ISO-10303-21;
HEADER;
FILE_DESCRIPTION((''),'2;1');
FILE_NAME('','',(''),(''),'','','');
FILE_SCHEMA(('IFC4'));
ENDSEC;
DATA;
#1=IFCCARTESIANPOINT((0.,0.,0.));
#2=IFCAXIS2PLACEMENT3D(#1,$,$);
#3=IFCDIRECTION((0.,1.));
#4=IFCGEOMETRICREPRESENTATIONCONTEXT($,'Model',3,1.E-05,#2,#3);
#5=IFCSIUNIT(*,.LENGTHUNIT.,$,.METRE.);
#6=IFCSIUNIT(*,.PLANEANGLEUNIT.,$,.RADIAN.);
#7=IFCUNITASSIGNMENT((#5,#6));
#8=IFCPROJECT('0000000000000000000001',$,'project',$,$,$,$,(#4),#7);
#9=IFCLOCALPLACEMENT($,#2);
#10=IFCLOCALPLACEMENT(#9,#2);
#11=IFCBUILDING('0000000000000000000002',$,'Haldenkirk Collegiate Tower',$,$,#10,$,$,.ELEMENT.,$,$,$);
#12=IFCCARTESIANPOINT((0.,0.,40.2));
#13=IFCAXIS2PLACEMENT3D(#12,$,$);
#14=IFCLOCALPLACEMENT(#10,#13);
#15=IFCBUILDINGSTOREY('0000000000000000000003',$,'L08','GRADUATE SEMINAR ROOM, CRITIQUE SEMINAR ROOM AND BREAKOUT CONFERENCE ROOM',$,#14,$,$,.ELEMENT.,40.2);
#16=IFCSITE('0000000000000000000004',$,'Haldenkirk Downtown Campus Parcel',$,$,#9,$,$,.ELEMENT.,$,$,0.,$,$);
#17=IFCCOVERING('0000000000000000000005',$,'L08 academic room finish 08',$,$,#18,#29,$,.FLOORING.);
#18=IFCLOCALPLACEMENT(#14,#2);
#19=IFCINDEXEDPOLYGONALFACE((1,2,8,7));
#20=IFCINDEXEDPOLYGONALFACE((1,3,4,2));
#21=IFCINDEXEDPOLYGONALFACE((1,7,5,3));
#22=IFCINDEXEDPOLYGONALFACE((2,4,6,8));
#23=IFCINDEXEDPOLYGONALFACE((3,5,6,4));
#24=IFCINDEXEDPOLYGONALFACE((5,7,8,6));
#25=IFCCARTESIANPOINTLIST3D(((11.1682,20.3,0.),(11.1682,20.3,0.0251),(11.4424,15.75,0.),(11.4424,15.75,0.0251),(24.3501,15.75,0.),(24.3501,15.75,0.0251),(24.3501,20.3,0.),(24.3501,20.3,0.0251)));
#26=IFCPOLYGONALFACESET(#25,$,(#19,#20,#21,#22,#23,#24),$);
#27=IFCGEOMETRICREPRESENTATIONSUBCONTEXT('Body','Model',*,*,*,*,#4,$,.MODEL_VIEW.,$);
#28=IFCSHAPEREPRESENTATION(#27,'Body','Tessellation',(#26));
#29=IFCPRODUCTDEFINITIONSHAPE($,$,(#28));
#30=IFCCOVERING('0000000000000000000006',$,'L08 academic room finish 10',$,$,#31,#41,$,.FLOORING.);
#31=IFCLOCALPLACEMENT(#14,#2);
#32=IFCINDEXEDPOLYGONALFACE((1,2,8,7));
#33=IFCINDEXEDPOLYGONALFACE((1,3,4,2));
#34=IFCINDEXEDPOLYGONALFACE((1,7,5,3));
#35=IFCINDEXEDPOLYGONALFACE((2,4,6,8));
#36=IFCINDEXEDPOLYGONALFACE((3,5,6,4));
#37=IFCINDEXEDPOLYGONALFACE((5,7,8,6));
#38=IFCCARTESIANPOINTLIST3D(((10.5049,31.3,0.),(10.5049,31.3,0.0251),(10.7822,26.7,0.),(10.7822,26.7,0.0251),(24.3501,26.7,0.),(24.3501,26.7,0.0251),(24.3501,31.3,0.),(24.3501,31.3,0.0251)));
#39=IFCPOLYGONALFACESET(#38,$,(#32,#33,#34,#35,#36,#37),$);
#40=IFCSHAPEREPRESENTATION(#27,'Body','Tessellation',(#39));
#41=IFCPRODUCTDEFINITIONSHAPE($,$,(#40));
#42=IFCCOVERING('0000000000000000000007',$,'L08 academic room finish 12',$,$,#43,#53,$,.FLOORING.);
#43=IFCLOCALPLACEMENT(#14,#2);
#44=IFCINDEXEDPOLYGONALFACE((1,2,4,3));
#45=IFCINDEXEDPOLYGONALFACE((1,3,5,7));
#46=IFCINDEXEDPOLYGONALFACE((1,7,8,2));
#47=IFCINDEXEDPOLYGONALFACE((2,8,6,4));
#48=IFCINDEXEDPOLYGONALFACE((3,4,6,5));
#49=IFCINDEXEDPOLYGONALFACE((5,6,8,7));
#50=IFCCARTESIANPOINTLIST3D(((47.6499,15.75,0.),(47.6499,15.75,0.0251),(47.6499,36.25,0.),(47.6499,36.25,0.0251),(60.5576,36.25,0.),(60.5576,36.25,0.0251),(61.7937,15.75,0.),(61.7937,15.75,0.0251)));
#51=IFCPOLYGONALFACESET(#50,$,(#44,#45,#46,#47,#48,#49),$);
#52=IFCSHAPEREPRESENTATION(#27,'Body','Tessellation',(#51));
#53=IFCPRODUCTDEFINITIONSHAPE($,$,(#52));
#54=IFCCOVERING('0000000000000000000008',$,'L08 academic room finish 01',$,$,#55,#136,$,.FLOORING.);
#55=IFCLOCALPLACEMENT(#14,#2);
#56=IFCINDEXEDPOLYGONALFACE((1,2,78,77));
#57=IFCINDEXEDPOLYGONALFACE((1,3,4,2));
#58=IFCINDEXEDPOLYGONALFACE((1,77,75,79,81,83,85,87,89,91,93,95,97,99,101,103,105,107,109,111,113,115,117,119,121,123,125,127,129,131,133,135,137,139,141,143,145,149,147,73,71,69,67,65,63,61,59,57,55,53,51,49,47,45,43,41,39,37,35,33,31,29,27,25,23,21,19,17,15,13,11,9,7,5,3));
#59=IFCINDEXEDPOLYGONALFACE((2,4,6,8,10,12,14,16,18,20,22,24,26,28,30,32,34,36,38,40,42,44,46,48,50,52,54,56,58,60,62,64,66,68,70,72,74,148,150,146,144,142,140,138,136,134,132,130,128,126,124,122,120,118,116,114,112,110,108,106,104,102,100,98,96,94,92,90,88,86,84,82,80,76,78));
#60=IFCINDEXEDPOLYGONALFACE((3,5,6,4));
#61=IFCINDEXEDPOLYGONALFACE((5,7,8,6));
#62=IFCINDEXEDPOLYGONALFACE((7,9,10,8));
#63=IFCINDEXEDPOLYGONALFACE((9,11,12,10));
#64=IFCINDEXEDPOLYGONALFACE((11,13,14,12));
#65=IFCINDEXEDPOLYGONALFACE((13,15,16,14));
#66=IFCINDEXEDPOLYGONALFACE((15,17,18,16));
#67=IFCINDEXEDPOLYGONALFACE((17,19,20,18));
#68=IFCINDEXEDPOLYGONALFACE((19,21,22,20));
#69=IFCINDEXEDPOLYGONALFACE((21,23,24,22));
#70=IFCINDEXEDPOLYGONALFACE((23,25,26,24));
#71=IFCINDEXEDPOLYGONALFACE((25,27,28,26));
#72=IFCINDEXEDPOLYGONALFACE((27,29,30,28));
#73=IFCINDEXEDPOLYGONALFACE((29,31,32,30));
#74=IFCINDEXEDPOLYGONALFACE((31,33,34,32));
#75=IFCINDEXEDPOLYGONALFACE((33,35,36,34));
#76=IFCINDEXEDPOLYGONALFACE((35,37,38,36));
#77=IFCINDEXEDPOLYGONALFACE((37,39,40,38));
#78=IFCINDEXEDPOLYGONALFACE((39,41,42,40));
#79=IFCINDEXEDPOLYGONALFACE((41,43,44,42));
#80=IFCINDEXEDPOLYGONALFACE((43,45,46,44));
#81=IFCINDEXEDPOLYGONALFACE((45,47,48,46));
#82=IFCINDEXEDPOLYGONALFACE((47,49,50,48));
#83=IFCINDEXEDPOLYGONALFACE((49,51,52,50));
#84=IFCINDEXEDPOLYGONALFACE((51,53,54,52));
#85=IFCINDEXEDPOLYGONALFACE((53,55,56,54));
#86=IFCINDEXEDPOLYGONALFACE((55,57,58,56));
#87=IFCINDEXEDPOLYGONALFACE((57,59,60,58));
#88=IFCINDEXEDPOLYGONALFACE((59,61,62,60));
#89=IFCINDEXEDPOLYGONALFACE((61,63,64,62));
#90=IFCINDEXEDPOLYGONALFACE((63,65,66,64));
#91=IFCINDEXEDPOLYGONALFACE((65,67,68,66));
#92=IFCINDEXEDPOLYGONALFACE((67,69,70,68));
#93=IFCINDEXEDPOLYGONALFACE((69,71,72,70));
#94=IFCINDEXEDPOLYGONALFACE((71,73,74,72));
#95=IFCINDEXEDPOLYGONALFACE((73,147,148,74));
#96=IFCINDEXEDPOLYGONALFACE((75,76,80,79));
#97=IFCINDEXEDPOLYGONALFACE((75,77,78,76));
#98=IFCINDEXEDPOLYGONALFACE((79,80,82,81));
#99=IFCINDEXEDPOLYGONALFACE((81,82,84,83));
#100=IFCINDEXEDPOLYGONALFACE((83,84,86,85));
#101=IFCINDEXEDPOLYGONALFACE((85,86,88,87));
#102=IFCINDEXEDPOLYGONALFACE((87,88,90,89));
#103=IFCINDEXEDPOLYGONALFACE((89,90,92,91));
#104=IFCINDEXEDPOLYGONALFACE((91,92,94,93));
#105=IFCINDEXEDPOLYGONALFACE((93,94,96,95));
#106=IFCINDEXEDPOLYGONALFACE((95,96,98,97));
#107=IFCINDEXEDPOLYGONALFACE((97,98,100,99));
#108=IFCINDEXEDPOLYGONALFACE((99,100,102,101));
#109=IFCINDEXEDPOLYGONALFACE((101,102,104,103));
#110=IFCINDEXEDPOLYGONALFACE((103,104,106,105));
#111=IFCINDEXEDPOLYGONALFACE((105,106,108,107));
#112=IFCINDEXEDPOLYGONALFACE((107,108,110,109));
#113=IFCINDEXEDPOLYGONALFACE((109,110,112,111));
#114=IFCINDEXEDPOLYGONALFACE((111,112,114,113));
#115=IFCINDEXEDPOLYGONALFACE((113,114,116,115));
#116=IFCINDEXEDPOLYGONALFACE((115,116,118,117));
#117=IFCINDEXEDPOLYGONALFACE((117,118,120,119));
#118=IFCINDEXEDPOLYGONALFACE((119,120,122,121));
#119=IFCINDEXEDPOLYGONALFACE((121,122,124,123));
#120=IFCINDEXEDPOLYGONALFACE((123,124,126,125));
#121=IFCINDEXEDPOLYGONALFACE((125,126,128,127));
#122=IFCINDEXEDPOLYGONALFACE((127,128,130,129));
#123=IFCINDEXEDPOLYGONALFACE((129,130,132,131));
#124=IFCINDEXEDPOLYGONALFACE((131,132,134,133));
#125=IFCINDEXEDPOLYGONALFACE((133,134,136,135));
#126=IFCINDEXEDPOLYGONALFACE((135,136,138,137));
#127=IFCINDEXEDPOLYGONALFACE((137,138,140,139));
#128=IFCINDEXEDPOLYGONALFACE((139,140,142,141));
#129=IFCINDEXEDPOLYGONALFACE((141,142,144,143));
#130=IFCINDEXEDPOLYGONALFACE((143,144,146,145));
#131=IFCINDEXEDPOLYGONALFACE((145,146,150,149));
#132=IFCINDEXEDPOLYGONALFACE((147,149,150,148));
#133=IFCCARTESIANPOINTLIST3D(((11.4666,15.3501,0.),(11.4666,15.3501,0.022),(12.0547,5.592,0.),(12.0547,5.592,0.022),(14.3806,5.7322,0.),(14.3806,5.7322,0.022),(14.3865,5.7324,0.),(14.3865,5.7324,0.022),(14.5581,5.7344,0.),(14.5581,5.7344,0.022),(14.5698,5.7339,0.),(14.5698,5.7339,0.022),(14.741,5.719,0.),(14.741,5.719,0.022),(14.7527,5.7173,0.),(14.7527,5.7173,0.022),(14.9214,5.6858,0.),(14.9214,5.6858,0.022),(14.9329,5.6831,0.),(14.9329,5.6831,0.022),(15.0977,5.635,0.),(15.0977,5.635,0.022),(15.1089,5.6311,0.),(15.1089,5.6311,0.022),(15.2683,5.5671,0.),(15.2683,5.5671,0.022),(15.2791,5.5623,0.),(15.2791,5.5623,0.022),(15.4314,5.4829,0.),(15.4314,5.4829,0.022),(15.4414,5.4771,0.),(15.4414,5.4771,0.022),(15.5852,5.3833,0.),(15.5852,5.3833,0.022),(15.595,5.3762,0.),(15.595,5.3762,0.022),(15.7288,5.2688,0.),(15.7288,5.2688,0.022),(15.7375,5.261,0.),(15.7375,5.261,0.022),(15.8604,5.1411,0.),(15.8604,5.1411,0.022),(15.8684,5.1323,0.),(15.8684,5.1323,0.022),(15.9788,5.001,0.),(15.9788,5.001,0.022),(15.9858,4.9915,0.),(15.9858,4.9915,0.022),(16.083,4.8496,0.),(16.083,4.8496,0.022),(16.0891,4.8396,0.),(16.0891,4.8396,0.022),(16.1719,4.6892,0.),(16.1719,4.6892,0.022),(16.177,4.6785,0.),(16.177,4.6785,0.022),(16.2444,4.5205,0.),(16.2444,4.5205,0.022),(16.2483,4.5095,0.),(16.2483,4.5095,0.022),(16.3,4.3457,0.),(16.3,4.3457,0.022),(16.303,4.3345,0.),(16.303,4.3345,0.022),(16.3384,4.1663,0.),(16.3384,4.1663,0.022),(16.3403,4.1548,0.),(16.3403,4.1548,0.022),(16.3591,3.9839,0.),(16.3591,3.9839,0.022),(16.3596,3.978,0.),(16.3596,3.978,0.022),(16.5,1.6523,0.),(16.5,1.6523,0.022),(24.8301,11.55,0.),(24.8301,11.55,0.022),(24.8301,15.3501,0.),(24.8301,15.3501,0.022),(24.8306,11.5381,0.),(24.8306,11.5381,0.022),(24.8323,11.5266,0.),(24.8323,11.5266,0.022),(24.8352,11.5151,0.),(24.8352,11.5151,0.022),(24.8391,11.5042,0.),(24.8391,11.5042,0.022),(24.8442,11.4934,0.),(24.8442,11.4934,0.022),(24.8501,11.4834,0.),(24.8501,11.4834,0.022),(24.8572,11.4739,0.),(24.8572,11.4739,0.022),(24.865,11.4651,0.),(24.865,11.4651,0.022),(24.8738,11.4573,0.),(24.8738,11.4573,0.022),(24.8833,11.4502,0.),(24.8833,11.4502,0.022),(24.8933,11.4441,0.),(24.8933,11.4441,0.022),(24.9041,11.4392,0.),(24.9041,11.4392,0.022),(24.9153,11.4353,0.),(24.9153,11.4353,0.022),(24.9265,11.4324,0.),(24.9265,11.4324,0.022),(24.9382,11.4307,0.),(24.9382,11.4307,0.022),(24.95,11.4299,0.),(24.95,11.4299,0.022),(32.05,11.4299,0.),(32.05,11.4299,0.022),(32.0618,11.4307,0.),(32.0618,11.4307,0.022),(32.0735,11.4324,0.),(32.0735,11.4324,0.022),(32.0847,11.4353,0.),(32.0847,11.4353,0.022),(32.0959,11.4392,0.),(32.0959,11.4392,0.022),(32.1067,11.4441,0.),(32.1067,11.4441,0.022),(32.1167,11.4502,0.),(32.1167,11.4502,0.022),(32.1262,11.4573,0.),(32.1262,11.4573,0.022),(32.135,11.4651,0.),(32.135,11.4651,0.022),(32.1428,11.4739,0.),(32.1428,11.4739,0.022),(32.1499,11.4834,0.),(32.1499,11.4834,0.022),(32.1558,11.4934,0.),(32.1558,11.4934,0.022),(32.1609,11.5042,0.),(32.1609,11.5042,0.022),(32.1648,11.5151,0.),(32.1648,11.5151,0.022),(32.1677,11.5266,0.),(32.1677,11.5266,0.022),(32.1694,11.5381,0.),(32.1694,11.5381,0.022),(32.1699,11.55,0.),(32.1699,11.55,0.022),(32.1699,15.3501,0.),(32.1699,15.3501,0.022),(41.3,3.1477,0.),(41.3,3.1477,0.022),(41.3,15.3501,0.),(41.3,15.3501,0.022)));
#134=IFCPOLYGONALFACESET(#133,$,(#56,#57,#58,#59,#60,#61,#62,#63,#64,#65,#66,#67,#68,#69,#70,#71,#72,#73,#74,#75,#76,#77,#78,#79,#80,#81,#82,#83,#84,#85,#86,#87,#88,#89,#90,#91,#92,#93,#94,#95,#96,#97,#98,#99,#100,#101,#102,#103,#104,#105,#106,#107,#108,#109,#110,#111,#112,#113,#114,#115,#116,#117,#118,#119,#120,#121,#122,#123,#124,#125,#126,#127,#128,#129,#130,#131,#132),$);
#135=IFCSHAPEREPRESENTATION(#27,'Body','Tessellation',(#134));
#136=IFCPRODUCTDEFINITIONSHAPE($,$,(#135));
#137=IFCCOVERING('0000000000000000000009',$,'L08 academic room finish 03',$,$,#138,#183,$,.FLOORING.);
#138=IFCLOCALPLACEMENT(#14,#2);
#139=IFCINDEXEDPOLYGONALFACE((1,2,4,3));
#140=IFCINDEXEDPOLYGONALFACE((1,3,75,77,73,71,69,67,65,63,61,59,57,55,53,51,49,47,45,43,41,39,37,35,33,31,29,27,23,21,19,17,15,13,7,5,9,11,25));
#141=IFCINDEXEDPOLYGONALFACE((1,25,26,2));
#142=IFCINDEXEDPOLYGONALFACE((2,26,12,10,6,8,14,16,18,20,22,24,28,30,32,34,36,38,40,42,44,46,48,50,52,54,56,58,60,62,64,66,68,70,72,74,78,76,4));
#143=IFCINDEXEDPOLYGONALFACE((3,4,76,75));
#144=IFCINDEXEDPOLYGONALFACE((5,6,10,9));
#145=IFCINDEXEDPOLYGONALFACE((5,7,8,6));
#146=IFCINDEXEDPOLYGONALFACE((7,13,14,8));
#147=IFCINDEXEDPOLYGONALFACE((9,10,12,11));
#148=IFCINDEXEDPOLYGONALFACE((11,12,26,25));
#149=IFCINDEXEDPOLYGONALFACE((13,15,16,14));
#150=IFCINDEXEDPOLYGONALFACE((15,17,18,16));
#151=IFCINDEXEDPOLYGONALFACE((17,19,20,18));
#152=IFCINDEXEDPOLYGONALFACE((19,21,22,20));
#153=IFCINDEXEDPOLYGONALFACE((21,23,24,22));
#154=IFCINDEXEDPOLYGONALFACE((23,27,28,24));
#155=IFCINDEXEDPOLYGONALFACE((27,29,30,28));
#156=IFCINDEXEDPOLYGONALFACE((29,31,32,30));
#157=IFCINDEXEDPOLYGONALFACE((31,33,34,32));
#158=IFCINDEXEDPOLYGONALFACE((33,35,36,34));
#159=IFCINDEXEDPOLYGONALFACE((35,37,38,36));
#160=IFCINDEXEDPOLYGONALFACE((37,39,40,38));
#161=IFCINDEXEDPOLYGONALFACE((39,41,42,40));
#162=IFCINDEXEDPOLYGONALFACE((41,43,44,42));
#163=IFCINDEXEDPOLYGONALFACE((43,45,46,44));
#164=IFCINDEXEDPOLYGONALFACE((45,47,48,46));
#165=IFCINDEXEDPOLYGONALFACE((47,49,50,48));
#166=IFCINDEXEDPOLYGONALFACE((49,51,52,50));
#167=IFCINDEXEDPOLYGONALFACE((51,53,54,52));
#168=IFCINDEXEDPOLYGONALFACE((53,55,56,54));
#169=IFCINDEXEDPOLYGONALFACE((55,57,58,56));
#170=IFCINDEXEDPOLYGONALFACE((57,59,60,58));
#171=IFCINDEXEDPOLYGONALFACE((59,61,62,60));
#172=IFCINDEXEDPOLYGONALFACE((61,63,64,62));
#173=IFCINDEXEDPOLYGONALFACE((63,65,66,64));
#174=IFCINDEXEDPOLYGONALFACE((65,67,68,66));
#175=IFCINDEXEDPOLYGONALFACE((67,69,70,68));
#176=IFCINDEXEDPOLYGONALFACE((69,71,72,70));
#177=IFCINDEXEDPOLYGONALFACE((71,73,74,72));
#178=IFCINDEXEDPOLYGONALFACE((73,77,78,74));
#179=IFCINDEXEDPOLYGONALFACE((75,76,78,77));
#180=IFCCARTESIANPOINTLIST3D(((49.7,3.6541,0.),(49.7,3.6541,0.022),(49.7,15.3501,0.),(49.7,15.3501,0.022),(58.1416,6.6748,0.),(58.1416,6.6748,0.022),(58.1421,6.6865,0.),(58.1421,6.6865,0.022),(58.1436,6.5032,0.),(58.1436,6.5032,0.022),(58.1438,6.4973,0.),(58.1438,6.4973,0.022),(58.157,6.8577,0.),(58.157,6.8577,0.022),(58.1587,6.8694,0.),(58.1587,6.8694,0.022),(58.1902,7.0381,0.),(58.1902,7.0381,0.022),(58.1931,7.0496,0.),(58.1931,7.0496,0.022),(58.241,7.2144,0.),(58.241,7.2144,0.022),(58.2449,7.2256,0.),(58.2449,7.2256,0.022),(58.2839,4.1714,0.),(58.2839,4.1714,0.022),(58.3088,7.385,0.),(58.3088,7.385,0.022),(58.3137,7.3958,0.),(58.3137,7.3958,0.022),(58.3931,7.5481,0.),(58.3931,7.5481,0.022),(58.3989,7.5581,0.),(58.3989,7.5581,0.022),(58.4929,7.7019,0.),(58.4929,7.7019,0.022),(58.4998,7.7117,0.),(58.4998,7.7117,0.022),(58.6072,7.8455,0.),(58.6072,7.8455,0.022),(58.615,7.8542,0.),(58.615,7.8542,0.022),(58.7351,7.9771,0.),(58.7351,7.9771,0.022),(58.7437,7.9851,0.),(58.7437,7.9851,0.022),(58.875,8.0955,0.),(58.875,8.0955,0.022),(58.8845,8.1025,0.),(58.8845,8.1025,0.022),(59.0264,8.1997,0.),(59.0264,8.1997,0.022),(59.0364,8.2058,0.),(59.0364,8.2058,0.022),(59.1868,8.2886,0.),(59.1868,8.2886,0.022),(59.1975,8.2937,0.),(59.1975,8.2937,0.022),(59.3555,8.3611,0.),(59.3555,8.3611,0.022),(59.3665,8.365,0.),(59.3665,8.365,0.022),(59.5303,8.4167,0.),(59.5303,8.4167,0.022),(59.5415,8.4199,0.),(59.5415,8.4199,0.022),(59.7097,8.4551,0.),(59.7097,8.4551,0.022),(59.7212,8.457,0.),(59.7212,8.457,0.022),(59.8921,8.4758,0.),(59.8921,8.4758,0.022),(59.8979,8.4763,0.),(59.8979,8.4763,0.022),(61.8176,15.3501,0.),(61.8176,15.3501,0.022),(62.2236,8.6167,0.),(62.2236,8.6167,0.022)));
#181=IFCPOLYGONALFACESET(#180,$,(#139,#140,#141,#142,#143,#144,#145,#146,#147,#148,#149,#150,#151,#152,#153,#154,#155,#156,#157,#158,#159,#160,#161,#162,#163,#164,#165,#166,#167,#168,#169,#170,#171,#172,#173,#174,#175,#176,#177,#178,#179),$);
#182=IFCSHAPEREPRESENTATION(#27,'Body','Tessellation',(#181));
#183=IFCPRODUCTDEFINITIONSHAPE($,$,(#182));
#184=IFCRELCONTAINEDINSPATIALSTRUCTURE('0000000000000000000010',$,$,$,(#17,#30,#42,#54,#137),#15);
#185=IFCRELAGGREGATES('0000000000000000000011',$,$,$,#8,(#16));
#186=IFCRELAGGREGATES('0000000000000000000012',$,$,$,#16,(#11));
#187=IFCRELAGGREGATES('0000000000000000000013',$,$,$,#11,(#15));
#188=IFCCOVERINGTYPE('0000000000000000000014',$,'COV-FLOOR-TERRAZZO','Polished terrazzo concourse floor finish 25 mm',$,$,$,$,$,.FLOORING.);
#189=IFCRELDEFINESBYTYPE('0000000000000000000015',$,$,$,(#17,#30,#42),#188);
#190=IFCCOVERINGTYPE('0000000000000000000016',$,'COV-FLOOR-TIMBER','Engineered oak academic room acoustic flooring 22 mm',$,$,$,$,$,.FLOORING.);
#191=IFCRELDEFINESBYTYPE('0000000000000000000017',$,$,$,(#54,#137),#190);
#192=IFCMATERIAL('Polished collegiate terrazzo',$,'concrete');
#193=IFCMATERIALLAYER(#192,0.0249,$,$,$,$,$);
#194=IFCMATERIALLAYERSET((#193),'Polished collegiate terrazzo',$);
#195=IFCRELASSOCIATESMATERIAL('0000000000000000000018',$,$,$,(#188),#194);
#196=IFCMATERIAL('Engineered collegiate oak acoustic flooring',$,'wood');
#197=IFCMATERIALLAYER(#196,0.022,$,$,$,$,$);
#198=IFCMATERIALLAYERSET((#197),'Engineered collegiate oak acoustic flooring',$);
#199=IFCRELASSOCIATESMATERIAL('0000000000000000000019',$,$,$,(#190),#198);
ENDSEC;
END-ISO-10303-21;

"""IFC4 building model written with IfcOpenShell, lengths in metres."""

from ifc_helpers import new_model, si_unit, direction, frame, origin, place, context, subcontext, project, spatial, polyline, outline, extrude, material, layer, layer_set, type_object, element, save


model = new_model("IFC4")

# Units and contexts
model_context = context("Model", 3, precision=1e-05, world=origin(), true_north=direction((0.0, 1.0)))
body_context = subcontext(model_context, "Body", "Model", "MODEL_VIEW")
ifc_project = project(units=[si_unit("LENGTHUNIT", "METRE"), si_unit("PLANEANGLEUNIT", "RADIAN")], contexts=[model_context])

# Site, building, storey
site_placement = place(None, origin())
site = spatial("IfcSite", under=ifc_project, at=site_placement, Name="Haldenkirk Downtown Campus Parcel", CompositionType="ELEMENT", RefElevation=0.0)
building_placement = place(site_placement, origin())
building = spatial("IfcBuilding", under=site, at=building_placement, Name="Haldenkirk Collegiate Tower", CompositionType="ELEMENT")
storey_placement = place(building_placement, frame((0.0, 0.0, 40.2)))
storey = spatial("IfcBuildingStorey", under=building, at=storey_placement, Name="L08", Description="GRADUATE SEMINAR ROOM, CRITIQUE SEMINAR ROOM AND BREAKOUT CONFERENCE ROOM", CompositionType="ELEMENT", Elevation=40.2)

# Coverings
ifc_material_1 = material(Name="Polished collegiate terrazzo", Category="concrete")
ifc_layer_1 = layer(ifc_material_1, 0.0249)
ifc_layer_set_1 = layer_set([ifc_layer_1], Name="Polished collegiate terrazzo")
covering_type_1 = type_object("IfcCoveringType", Name="COV-FLOOR-TERRAZZO", Description="Polished terrazzo concourse floor finish 25 mm", PredefinedType="FLOORING", material=ifc_layer_set_1)
covering_1_placement = place(storey_placement, origin())
element("IfcCovering", 1, at=covering_1_placement, inside=storey, type_object=covering_type_1, Name="L08 academic room finish 08", PredefinedType="FLOORING", context=body_context, shape_type="SweptSolid", body=[
    extrude(outline(polyline([(11.1682, 20.3), (24.3501, 20.3), (24.3501, 15.75), (11.4424, 15.75), (11.1682, 20.3)])), origin(), (0.0, 0.0, 1.0), 0.0251),
])
covering_2_placement = place(storey_placement, origin())
element("IfcCovering", 2, at=covering_2_placement, inside=storey, type_object=covering_type_1, Name="L08 academic room finish 10", PredefinedType="FLOORING", context=body_context, shape_type="SweptSolid", body=[
    extrude(outline(polyline([(10.5049, 31.3), (24.3501, 31.3), (24.3501, 26.7), (10.7822, 26.7), (10.5049, 31.3)])), origin(), (0.0, 0.0, 1.0), 0.0251),
])
covering_3_placement = place(storey_placement, origin())
element("IfcCovering", 3, at=covering_3_placement, inside=storey, type_object=covering_type_1, Name="L08 academic room finish 12", PredefinedType="FLOORING", context=body_context, shape_type="SweptSolid", body=[
    extrude(outline(polyline([(61.7937, 15.75), (47.6499, 15.75), (47.6499, 36.25), (60.5576, 36.25), (61.7937, 15.75)])), origin(), (0.0, 0.0, 1.0), 0.0251),
])
ifc_material_2 = material(Name="Engineered collegiate oak acoustic flooring", Category="wood")
ifc_layer_2 = layer(ifc_material_2, 0.022)
ifc_layer_set_2 = layer_set([ifc_layer_2], Name="Engineered collegiate oak acoustic flooring")
covering_type_2 = type_object("IfcCoveringType", Name="COV-FLOOR-TIMBER", Description="Engineered oak academic room acoustic flooring 22 mm", PredefinedType="FLOORING", material=ifc_layer_set_2)
covering_4_placement = place(storey_placement, origin())
element("IfcCovering", 4, at=covering_4_placement, inside=storey, type_object=covering_type_2, Name="L08 academic room finish 01", PredefinedType="FLOORING", context=body_context, shape_type="SweptSolid", body=[
    extrude(outline(polyline([(16.177, 4.6785), (16.1719, 4.6892), (16.0891, 4.8396), (16.083, 4.8496), (15.9858, 4.9915), (15.9788, 5.001), (15.8684, 5.1323), (15.8604, 5.1411), (15.7375, 5.261), (15.7288, 5.2688), (15.595, 5.3762), (15.5852, 5.3833), (15.4414, 5.4771), (15.4314, 5.4829), (15.2791, 5.5623), (15.2683, 5.5671), (15.1089, 5.6311), (15.0977, 5.635), (14.9329, 5.6831), (14.9214, 5.6858), (14.7527, 5.7173), (14.741, 5.719), (14.5698, 5.7339), (14.5581, 5.7344), (14.3865, 5.7324), (14.3806, 5.7322), (12.0547, 5.592), (11.4666, 15.3501), (24.8301, 15.3501), (24.8301, 11.55), (24.8306, 11.5381), (24.8323, 11.5266), (24.8352, 11.5151), (24.8391, 11.5042), (24.8442, 11.4934), (24.8501, 11.4834), (24.8572, 11.4739), (24.865, 11.4651), (24.8738, 11.4573), (24.8833, 11.4502), (24.8933, 11.4441), (24.9041, 11.4392), (24.9153, 11.4353), (24.9265, 11.4324), (24.9382, 11.4307), (24.95, 11.4299), (32.05, 11.4299), (32.0618, 11.4307), (32.0735, 11.4324), (32.0847, 11.4353), (32.0959, 11.4392), (32.1067, 11.4441), (32.1167, 11.4502), (32.1262, 11.4573), (32.135, 11.4651), (32.1428, 11.4739), (32.1499, 11.4834), (32.1558, 11.4934), (32.1609, 11.5042), (32.1648, 11.5151), (32.1677, 11.5266), (32.1694, 11.5381), (32.1699, 11.55), (32.1699, 15.3501), (41.3, 15.3501), (41.3, 3.1477), (16.5, 1.6523), (16.3596, 3.978), (16.3591, 3.9839), (16.3403, 4.1548), (16.3384, 4.1663), (16.303, 4.3345), (16.3, 4.3457), (16.2483, 4.5095), (16.2444, 4.5205), (16.177, 4.6785)])), origin(), (0.0, 0.0, 1.0), 0.022),
])
covering_5_placement = place(storey_placement, origin())
element("IfcCovering", 5, at=covering_5_placement, inside=storey, type_object=covering_type_2, Name="L08 academic room finish 03", PredefinedType="FLOORING", context=body_context, shape_type="SweptSolid", body=[
    extrude(outline(polyline([(62.2236, 8.6167), (59.8979, 8.4763), (59.8921, 8.4758), (59.7212, 8.457), (59.7097, 8.4551), (59.5415, 8.4199), (59.5303, 8.4167), (59.3665, 8.365), (59.3555, 8.3611), (59.1975, 8.2937), (59.1868, 8.2886), (59.0364, 8.2058), (59.0264, 8.1997), (58.8845, 8.1025), (58.875, 8.0955), (58.7437, 7.9851), (58.7351, 7.9771), (58.615, 7.8542), (58.6072, 7.8455), (58.4998, 7.7117), (58.4929, 7.7019), (58.3989, 7.5581), (58.3931, 7.5481), (58.3137, 7.3958), (58.3088, 7.385), (58.2449, 7.2256), (58.241, 7.2144), (58.1931, 7.0496), (58.1902, 7.0381), (58.1587, 6.8694), (58.157, 6.8577), (58.1421, 6.6865), (58.1416, 6.6748), (58.1436, 6.5032), (58.1438, 6.4973), (58.2839, 4.1714), (49.7, 3.6541), (49.7, 15.3501), (61.8176, 15.3501), (62.2236, 8.6167)])), origin(), (0.0, 0.0, 1.0), 0.022),
])

save(model, "model.ifc")
